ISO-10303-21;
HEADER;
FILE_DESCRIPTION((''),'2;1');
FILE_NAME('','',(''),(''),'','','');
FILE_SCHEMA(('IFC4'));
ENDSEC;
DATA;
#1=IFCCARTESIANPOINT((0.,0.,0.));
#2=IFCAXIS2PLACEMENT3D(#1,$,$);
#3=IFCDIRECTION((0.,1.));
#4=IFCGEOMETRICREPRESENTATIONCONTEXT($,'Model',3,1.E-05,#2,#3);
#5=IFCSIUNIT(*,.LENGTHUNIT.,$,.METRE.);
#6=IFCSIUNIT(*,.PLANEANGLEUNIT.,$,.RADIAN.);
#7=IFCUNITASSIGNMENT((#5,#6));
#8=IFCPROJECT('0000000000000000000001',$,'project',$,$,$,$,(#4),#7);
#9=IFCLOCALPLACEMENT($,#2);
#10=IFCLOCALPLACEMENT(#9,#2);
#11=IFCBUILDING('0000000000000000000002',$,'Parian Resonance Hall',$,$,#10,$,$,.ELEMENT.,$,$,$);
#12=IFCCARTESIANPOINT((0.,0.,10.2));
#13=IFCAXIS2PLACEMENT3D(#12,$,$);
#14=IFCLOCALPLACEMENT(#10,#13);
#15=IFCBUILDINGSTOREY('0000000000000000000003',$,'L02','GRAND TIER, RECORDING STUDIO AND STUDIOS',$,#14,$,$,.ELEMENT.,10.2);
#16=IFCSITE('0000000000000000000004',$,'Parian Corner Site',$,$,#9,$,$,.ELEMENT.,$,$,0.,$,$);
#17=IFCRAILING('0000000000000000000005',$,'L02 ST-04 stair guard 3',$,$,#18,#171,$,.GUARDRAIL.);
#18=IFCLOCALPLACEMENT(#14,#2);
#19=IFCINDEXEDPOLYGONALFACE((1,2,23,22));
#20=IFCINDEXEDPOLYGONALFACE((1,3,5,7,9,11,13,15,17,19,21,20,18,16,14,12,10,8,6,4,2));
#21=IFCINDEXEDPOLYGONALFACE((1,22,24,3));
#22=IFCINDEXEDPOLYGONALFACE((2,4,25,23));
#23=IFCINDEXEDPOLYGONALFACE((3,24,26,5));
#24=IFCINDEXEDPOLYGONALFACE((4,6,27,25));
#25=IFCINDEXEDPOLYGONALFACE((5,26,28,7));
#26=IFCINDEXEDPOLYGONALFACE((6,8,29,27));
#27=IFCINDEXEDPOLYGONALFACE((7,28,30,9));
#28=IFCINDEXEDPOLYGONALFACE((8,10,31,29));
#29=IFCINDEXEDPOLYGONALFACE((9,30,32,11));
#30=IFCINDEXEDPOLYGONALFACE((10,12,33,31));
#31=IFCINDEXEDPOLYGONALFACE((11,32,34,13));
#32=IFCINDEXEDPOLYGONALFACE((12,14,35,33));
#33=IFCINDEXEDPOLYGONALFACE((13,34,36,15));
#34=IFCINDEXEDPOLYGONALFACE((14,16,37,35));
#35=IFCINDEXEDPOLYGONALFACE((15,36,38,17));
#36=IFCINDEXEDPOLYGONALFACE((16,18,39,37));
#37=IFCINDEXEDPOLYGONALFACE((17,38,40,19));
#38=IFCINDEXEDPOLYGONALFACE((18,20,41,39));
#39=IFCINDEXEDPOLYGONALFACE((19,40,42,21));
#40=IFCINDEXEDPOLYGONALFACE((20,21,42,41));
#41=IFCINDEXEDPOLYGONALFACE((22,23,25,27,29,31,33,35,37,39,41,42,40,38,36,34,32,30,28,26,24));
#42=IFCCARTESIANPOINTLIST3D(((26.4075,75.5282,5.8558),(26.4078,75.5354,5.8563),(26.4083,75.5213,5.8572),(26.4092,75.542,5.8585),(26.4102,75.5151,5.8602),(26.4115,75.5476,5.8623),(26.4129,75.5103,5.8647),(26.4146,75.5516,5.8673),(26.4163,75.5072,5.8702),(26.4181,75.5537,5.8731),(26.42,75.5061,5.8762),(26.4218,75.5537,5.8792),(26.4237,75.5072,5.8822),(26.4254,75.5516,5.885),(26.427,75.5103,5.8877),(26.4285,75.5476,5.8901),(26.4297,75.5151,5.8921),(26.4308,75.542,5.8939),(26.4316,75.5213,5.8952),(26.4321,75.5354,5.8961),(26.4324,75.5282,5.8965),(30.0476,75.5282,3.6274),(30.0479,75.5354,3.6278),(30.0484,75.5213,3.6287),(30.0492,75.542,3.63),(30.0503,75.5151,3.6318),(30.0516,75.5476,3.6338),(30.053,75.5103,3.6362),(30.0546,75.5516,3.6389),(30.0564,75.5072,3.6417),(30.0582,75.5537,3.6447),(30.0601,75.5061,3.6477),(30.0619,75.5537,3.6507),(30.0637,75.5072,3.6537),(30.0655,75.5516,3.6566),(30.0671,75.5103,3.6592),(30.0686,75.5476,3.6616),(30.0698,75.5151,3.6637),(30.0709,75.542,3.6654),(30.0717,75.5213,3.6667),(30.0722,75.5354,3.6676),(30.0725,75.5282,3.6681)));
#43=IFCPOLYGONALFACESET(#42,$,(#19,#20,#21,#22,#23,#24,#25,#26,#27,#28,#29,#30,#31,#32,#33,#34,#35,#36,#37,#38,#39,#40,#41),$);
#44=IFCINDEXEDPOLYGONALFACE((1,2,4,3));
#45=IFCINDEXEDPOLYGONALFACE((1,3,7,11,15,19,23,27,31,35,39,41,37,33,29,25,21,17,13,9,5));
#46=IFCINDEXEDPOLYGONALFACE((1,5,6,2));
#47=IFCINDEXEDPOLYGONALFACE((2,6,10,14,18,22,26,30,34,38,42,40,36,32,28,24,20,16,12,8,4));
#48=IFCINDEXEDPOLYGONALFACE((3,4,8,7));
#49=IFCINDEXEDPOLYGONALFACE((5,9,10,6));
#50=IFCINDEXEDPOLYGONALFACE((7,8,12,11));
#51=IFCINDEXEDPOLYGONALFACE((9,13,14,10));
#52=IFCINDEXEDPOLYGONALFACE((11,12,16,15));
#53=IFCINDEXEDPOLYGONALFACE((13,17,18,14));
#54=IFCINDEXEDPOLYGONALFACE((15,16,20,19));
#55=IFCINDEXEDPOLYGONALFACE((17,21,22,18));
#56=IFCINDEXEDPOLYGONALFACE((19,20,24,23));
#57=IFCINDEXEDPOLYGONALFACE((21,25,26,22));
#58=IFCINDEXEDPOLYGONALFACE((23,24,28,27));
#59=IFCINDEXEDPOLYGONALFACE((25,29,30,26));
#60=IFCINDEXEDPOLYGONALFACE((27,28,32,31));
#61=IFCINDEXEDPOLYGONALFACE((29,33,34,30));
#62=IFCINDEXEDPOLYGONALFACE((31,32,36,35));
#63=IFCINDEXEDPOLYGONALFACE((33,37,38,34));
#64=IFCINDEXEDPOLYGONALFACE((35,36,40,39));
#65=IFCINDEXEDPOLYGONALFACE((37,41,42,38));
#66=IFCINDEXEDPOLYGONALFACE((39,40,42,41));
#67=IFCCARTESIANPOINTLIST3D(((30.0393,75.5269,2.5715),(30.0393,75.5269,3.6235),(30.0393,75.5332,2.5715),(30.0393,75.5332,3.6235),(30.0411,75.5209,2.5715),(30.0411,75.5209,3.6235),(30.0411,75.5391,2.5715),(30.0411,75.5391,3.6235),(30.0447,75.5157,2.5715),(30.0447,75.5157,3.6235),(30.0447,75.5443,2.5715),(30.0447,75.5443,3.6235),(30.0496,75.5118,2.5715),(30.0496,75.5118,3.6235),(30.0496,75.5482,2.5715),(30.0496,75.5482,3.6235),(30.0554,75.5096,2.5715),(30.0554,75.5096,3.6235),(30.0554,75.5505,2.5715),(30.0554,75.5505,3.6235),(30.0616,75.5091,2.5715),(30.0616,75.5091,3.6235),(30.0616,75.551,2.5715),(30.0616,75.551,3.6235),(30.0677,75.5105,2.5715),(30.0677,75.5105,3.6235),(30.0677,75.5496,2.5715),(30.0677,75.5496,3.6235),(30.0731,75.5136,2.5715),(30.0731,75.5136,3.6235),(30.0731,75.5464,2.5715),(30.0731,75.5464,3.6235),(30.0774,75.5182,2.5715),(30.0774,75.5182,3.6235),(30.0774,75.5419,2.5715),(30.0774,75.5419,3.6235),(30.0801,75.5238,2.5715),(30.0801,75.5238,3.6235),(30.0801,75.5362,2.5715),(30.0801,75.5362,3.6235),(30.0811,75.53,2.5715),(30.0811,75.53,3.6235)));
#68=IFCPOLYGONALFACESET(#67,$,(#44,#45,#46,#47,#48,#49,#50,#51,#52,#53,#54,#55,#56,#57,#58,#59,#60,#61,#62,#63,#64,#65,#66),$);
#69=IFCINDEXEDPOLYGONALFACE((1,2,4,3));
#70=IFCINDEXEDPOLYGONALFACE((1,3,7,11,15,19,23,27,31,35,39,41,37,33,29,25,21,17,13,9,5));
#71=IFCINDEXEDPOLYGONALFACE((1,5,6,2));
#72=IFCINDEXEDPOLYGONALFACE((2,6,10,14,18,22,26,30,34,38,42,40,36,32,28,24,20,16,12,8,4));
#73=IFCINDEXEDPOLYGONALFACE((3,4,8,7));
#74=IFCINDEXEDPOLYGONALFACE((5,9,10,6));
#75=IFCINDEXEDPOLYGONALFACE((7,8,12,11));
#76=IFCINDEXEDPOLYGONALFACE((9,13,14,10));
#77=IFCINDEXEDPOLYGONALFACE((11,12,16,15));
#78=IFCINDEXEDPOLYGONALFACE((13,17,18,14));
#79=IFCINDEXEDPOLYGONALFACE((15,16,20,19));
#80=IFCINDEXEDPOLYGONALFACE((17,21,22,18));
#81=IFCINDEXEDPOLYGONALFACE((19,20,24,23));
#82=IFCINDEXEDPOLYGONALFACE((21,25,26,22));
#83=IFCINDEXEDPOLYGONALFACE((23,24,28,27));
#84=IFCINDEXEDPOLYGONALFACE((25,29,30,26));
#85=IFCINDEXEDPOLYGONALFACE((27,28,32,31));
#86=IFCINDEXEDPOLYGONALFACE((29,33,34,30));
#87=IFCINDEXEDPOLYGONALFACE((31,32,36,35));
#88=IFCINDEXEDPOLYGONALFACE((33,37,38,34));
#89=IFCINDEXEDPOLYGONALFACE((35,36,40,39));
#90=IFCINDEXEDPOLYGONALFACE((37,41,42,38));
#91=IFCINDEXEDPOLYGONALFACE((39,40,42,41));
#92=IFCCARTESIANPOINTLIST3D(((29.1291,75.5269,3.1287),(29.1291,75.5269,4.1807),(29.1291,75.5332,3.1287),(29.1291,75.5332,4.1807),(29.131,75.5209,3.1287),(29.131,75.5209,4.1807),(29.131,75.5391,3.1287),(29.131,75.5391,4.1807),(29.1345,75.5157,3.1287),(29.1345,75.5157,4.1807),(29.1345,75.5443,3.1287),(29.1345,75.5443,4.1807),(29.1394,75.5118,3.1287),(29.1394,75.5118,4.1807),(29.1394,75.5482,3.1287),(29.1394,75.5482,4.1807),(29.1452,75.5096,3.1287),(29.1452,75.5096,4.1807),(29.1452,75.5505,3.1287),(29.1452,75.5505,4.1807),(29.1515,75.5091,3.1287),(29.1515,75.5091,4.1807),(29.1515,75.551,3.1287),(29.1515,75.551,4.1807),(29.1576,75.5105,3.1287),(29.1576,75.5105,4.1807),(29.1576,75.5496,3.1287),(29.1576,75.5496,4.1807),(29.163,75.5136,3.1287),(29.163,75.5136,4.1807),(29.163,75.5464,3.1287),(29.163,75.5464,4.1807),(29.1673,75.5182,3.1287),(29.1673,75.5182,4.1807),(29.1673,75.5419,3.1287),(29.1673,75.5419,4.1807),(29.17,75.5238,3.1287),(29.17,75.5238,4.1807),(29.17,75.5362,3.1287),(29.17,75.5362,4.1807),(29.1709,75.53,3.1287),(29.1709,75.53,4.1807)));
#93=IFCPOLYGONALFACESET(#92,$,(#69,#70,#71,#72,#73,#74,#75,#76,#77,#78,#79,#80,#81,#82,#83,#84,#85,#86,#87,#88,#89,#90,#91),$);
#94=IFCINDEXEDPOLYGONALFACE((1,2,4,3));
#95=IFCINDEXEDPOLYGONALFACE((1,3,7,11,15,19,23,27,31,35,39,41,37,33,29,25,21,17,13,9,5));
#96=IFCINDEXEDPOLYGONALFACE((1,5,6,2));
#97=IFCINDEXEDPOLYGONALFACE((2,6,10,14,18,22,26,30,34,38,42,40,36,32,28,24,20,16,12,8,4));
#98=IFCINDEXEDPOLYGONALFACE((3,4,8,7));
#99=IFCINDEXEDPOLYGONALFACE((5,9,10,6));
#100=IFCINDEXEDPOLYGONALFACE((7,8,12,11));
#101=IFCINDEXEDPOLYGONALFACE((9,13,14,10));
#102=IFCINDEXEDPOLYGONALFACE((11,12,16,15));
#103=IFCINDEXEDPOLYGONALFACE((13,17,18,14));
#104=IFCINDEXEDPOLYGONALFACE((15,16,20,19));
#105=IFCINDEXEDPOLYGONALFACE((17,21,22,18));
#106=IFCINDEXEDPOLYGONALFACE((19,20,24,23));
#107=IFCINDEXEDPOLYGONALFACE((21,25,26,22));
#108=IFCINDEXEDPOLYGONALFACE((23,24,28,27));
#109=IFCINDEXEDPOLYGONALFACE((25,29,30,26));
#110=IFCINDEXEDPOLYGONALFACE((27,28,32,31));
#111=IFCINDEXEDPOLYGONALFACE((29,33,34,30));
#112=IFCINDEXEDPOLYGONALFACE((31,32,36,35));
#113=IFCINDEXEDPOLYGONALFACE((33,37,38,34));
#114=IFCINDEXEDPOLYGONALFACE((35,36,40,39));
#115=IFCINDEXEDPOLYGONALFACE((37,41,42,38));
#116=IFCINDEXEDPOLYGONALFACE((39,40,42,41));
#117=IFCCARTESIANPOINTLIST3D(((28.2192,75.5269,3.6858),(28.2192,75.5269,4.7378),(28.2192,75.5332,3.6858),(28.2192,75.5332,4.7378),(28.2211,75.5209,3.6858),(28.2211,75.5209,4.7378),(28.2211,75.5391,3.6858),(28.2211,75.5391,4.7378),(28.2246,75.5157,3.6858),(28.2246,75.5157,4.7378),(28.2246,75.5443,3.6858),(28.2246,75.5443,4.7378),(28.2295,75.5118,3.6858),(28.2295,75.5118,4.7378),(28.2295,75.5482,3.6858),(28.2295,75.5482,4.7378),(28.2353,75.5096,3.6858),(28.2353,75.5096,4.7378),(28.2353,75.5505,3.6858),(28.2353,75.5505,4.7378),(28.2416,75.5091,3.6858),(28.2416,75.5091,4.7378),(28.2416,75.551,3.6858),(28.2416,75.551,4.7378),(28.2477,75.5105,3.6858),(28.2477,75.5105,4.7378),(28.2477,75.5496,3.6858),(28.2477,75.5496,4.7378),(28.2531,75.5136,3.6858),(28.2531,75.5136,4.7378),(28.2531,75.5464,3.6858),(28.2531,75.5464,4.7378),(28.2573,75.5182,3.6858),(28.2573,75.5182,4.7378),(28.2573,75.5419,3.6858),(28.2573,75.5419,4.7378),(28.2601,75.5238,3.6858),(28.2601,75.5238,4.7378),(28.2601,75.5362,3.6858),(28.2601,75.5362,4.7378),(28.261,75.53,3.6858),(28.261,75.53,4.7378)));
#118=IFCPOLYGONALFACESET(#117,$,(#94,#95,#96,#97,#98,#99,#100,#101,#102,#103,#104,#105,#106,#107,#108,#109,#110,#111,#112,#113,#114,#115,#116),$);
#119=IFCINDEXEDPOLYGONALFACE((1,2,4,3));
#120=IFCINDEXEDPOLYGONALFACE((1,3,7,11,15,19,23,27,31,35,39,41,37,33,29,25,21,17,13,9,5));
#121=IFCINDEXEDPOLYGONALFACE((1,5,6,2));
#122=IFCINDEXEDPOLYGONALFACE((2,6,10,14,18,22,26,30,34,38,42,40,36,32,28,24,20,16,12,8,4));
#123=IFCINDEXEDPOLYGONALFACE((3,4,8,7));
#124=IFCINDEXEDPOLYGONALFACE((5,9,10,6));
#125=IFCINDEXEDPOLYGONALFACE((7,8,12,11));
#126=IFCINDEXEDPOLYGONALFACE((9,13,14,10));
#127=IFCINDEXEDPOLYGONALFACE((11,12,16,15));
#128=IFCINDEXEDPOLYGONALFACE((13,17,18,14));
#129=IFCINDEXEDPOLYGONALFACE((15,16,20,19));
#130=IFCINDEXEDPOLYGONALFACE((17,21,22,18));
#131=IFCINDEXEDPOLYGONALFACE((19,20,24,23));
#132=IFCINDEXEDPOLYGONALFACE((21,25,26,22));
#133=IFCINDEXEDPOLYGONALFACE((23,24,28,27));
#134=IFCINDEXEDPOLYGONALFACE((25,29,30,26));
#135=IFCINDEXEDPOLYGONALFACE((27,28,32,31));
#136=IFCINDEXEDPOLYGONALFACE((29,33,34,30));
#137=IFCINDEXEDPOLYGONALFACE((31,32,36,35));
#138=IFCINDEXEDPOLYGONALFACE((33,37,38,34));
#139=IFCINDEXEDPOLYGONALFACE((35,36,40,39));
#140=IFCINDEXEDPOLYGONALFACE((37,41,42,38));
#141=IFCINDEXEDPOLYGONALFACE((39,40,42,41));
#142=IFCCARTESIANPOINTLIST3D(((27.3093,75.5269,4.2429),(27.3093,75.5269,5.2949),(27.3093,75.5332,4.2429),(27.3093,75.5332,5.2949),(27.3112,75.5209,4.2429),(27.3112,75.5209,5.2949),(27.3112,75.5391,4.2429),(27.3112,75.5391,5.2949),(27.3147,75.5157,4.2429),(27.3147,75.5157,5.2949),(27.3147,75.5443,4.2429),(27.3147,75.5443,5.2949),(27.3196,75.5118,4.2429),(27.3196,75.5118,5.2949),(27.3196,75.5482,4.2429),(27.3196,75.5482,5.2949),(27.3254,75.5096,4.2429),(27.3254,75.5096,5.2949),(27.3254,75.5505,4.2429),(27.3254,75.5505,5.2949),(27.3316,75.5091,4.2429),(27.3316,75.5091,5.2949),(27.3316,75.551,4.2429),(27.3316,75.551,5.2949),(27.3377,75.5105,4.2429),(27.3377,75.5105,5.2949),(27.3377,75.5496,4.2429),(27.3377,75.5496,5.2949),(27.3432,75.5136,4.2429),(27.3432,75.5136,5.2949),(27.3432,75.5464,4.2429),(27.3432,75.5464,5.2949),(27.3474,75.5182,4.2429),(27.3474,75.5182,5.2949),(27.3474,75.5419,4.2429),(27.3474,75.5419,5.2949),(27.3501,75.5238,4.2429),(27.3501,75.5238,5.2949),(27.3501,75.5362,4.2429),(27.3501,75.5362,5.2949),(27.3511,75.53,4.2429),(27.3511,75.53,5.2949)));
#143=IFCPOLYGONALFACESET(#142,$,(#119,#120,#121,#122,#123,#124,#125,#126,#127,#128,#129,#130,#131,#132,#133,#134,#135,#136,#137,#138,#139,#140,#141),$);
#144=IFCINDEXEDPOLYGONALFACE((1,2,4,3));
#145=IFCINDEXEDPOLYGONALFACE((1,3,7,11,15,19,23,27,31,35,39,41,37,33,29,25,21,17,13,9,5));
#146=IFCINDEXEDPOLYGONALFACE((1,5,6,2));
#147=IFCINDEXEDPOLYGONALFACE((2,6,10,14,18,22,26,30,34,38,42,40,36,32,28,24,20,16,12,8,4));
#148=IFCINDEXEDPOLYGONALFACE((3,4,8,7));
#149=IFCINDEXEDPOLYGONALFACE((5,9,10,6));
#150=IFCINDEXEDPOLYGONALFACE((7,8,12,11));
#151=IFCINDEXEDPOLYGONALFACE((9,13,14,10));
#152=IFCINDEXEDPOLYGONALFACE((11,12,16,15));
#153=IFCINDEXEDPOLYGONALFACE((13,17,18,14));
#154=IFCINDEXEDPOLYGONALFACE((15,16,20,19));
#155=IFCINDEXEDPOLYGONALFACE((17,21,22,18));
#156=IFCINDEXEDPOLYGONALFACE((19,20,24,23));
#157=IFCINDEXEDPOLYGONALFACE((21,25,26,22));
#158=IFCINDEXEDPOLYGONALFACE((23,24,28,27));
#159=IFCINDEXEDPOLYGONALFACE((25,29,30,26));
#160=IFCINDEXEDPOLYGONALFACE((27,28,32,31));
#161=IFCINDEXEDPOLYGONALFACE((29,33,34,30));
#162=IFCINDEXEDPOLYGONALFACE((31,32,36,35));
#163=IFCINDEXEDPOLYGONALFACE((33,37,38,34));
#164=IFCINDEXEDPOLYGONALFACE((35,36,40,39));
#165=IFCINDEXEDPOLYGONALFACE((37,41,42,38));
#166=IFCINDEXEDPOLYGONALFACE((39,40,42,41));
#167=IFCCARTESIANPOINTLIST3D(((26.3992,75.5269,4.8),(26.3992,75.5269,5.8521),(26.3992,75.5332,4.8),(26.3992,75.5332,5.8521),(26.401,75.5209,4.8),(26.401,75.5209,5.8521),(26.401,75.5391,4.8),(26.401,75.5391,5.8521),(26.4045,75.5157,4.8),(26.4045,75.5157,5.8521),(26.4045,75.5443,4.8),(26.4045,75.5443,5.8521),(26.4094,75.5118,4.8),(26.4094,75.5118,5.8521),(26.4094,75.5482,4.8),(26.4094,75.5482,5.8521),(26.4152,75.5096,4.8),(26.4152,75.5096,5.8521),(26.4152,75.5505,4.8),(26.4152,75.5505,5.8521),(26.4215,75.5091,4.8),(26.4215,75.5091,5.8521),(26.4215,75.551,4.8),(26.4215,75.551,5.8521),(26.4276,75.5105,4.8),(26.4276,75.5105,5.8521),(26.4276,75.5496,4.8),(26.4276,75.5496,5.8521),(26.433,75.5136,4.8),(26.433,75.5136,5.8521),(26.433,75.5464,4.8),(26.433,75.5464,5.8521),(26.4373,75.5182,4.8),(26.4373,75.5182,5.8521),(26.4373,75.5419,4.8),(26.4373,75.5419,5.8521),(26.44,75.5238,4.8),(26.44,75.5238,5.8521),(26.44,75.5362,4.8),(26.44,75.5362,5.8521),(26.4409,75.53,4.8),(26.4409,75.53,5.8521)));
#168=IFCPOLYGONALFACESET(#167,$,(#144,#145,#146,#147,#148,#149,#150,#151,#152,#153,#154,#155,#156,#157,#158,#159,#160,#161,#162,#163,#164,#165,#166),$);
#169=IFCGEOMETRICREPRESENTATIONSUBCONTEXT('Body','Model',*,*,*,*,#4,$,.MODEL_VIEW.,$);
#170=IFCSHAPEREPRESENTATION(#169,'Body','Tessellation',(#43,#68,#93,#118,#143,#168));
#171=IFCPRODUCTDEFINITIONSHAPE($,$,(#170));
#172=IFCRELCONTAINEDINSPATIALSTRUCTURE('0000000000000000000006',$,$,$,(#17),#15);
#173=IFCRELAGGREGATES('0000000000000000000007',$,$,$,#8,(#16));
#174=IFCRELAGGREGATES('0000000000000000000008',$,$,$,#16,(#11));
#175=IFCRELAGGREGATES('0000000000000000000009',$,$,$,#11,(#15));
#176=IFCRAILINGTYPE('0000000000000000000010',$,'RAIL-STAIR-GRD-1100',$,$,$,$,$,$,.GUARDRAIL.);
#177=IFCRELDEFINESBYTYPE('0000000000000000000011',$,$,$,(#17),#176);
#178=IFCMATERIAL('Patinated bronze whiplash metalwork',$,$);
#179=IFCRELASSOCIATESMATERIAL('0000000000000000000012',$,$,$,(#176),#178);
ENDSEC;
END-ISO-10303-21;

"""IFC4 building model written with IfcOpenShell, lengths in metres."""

from ifc_helpers import new_model, si_unit, direction, frame, origin, origin_2d, place, context, subcontext, project, spatial, circle, extrude, material, type_object, element, save


model = new_model("IFC4")

# Units and contexts
model_context = context("Model", 3, precision=1e-05, world=origin(), true_north=direction((0.0, 1.0)))
body_context = subcontext(model_context, "Body", "Model", "MODEL_VIEW")
ifc_project = project(units=[si_unit("LENGTHUNIT", "METRE"), si_unit("PLANEANGLEUNIT", "RADIAN")], contexts=[model_context])

# Site, building, storey
site_placement = place(None, origin())
site = spatial("IfcSite", under=ifc_project, at=site_placement, Name="Parian Corner Site", CompositionType="ELEMENT", RefElevation=0.0)
building_placement = place(site_placement, origin())
building = spatial("IfcBuilding", under=site, at=building_placement, Name="Parian Resonance Hall", CompositionType="ELEMENT")
storey_placement = place(building_placement, frame((0.0, 0.0, 10.2)))
storey = spatial("IfcBuildingStorey", under=building, at=storey_placement, Name="L02", Description="GRAND TIER, RECORDING STUDIO AND STUDIOS", CompositionType="ELEMENT", Elevation=10.2)

# Railing
ifc_material_1 = material(Name="Patinated bronze whiplash metalwork")
railing_type_1 = type_object("IfcRailingType", Name="RAIL-STAIR-GRD-1100", PredefinedType="GUARDRAIL", material=ifc_material_1)
railing_1_placement = place(storey_placement, frame((30.0601, 75.53, 2.5715)))
element("IfcRailing", 1, at=railing_1_placement, inside=storey, type_object=railing_type_1, Name="L02 ST-04 stair guard 3", PredefinedType="GUARDRAIL", context=body_context, shape_type="SweptSolid", body=[
    extrude(circle(Radius=0.0239, at=origin_2d()), frame((0.0, 0.0, 1.0762), z_axis=(-0.852866, 0.0, 0.52213), x_axis=(0.0, -1.0, 0.0)), (0.0, 0.0, 1.0), 4.2681),
    extrude(circle(Radius=0.021, at=origin_2d()), origin(), (0.0, 0.0, 1.0), 1.052),
    extrude(circle(Radius=0.021, at=origin_2d()), frame((-0.9102, 0.0, 0.5571)), (0.0, 0.0, 1.0), 1.052),
    extrude(circle(Radius=0.021, at=origin_2d()), frame((-1.8201, 0.0, 1.1143)), (0.0, 0.0, 1.0), 1.052),
    extrude(circle(Radius=0.021, at=origin_2d()), frame((-2.73, 0.0, 1.6714)), (0.0, 0.0, 1.0), 1.052),
    extrude(circle(Radius=0.021, at=origin_2d()), frame((-3.6401, 0.0, 2.2285)), (0.0, 0.0, 1.0), 1.052),
])

save(model, "model.ifc")
